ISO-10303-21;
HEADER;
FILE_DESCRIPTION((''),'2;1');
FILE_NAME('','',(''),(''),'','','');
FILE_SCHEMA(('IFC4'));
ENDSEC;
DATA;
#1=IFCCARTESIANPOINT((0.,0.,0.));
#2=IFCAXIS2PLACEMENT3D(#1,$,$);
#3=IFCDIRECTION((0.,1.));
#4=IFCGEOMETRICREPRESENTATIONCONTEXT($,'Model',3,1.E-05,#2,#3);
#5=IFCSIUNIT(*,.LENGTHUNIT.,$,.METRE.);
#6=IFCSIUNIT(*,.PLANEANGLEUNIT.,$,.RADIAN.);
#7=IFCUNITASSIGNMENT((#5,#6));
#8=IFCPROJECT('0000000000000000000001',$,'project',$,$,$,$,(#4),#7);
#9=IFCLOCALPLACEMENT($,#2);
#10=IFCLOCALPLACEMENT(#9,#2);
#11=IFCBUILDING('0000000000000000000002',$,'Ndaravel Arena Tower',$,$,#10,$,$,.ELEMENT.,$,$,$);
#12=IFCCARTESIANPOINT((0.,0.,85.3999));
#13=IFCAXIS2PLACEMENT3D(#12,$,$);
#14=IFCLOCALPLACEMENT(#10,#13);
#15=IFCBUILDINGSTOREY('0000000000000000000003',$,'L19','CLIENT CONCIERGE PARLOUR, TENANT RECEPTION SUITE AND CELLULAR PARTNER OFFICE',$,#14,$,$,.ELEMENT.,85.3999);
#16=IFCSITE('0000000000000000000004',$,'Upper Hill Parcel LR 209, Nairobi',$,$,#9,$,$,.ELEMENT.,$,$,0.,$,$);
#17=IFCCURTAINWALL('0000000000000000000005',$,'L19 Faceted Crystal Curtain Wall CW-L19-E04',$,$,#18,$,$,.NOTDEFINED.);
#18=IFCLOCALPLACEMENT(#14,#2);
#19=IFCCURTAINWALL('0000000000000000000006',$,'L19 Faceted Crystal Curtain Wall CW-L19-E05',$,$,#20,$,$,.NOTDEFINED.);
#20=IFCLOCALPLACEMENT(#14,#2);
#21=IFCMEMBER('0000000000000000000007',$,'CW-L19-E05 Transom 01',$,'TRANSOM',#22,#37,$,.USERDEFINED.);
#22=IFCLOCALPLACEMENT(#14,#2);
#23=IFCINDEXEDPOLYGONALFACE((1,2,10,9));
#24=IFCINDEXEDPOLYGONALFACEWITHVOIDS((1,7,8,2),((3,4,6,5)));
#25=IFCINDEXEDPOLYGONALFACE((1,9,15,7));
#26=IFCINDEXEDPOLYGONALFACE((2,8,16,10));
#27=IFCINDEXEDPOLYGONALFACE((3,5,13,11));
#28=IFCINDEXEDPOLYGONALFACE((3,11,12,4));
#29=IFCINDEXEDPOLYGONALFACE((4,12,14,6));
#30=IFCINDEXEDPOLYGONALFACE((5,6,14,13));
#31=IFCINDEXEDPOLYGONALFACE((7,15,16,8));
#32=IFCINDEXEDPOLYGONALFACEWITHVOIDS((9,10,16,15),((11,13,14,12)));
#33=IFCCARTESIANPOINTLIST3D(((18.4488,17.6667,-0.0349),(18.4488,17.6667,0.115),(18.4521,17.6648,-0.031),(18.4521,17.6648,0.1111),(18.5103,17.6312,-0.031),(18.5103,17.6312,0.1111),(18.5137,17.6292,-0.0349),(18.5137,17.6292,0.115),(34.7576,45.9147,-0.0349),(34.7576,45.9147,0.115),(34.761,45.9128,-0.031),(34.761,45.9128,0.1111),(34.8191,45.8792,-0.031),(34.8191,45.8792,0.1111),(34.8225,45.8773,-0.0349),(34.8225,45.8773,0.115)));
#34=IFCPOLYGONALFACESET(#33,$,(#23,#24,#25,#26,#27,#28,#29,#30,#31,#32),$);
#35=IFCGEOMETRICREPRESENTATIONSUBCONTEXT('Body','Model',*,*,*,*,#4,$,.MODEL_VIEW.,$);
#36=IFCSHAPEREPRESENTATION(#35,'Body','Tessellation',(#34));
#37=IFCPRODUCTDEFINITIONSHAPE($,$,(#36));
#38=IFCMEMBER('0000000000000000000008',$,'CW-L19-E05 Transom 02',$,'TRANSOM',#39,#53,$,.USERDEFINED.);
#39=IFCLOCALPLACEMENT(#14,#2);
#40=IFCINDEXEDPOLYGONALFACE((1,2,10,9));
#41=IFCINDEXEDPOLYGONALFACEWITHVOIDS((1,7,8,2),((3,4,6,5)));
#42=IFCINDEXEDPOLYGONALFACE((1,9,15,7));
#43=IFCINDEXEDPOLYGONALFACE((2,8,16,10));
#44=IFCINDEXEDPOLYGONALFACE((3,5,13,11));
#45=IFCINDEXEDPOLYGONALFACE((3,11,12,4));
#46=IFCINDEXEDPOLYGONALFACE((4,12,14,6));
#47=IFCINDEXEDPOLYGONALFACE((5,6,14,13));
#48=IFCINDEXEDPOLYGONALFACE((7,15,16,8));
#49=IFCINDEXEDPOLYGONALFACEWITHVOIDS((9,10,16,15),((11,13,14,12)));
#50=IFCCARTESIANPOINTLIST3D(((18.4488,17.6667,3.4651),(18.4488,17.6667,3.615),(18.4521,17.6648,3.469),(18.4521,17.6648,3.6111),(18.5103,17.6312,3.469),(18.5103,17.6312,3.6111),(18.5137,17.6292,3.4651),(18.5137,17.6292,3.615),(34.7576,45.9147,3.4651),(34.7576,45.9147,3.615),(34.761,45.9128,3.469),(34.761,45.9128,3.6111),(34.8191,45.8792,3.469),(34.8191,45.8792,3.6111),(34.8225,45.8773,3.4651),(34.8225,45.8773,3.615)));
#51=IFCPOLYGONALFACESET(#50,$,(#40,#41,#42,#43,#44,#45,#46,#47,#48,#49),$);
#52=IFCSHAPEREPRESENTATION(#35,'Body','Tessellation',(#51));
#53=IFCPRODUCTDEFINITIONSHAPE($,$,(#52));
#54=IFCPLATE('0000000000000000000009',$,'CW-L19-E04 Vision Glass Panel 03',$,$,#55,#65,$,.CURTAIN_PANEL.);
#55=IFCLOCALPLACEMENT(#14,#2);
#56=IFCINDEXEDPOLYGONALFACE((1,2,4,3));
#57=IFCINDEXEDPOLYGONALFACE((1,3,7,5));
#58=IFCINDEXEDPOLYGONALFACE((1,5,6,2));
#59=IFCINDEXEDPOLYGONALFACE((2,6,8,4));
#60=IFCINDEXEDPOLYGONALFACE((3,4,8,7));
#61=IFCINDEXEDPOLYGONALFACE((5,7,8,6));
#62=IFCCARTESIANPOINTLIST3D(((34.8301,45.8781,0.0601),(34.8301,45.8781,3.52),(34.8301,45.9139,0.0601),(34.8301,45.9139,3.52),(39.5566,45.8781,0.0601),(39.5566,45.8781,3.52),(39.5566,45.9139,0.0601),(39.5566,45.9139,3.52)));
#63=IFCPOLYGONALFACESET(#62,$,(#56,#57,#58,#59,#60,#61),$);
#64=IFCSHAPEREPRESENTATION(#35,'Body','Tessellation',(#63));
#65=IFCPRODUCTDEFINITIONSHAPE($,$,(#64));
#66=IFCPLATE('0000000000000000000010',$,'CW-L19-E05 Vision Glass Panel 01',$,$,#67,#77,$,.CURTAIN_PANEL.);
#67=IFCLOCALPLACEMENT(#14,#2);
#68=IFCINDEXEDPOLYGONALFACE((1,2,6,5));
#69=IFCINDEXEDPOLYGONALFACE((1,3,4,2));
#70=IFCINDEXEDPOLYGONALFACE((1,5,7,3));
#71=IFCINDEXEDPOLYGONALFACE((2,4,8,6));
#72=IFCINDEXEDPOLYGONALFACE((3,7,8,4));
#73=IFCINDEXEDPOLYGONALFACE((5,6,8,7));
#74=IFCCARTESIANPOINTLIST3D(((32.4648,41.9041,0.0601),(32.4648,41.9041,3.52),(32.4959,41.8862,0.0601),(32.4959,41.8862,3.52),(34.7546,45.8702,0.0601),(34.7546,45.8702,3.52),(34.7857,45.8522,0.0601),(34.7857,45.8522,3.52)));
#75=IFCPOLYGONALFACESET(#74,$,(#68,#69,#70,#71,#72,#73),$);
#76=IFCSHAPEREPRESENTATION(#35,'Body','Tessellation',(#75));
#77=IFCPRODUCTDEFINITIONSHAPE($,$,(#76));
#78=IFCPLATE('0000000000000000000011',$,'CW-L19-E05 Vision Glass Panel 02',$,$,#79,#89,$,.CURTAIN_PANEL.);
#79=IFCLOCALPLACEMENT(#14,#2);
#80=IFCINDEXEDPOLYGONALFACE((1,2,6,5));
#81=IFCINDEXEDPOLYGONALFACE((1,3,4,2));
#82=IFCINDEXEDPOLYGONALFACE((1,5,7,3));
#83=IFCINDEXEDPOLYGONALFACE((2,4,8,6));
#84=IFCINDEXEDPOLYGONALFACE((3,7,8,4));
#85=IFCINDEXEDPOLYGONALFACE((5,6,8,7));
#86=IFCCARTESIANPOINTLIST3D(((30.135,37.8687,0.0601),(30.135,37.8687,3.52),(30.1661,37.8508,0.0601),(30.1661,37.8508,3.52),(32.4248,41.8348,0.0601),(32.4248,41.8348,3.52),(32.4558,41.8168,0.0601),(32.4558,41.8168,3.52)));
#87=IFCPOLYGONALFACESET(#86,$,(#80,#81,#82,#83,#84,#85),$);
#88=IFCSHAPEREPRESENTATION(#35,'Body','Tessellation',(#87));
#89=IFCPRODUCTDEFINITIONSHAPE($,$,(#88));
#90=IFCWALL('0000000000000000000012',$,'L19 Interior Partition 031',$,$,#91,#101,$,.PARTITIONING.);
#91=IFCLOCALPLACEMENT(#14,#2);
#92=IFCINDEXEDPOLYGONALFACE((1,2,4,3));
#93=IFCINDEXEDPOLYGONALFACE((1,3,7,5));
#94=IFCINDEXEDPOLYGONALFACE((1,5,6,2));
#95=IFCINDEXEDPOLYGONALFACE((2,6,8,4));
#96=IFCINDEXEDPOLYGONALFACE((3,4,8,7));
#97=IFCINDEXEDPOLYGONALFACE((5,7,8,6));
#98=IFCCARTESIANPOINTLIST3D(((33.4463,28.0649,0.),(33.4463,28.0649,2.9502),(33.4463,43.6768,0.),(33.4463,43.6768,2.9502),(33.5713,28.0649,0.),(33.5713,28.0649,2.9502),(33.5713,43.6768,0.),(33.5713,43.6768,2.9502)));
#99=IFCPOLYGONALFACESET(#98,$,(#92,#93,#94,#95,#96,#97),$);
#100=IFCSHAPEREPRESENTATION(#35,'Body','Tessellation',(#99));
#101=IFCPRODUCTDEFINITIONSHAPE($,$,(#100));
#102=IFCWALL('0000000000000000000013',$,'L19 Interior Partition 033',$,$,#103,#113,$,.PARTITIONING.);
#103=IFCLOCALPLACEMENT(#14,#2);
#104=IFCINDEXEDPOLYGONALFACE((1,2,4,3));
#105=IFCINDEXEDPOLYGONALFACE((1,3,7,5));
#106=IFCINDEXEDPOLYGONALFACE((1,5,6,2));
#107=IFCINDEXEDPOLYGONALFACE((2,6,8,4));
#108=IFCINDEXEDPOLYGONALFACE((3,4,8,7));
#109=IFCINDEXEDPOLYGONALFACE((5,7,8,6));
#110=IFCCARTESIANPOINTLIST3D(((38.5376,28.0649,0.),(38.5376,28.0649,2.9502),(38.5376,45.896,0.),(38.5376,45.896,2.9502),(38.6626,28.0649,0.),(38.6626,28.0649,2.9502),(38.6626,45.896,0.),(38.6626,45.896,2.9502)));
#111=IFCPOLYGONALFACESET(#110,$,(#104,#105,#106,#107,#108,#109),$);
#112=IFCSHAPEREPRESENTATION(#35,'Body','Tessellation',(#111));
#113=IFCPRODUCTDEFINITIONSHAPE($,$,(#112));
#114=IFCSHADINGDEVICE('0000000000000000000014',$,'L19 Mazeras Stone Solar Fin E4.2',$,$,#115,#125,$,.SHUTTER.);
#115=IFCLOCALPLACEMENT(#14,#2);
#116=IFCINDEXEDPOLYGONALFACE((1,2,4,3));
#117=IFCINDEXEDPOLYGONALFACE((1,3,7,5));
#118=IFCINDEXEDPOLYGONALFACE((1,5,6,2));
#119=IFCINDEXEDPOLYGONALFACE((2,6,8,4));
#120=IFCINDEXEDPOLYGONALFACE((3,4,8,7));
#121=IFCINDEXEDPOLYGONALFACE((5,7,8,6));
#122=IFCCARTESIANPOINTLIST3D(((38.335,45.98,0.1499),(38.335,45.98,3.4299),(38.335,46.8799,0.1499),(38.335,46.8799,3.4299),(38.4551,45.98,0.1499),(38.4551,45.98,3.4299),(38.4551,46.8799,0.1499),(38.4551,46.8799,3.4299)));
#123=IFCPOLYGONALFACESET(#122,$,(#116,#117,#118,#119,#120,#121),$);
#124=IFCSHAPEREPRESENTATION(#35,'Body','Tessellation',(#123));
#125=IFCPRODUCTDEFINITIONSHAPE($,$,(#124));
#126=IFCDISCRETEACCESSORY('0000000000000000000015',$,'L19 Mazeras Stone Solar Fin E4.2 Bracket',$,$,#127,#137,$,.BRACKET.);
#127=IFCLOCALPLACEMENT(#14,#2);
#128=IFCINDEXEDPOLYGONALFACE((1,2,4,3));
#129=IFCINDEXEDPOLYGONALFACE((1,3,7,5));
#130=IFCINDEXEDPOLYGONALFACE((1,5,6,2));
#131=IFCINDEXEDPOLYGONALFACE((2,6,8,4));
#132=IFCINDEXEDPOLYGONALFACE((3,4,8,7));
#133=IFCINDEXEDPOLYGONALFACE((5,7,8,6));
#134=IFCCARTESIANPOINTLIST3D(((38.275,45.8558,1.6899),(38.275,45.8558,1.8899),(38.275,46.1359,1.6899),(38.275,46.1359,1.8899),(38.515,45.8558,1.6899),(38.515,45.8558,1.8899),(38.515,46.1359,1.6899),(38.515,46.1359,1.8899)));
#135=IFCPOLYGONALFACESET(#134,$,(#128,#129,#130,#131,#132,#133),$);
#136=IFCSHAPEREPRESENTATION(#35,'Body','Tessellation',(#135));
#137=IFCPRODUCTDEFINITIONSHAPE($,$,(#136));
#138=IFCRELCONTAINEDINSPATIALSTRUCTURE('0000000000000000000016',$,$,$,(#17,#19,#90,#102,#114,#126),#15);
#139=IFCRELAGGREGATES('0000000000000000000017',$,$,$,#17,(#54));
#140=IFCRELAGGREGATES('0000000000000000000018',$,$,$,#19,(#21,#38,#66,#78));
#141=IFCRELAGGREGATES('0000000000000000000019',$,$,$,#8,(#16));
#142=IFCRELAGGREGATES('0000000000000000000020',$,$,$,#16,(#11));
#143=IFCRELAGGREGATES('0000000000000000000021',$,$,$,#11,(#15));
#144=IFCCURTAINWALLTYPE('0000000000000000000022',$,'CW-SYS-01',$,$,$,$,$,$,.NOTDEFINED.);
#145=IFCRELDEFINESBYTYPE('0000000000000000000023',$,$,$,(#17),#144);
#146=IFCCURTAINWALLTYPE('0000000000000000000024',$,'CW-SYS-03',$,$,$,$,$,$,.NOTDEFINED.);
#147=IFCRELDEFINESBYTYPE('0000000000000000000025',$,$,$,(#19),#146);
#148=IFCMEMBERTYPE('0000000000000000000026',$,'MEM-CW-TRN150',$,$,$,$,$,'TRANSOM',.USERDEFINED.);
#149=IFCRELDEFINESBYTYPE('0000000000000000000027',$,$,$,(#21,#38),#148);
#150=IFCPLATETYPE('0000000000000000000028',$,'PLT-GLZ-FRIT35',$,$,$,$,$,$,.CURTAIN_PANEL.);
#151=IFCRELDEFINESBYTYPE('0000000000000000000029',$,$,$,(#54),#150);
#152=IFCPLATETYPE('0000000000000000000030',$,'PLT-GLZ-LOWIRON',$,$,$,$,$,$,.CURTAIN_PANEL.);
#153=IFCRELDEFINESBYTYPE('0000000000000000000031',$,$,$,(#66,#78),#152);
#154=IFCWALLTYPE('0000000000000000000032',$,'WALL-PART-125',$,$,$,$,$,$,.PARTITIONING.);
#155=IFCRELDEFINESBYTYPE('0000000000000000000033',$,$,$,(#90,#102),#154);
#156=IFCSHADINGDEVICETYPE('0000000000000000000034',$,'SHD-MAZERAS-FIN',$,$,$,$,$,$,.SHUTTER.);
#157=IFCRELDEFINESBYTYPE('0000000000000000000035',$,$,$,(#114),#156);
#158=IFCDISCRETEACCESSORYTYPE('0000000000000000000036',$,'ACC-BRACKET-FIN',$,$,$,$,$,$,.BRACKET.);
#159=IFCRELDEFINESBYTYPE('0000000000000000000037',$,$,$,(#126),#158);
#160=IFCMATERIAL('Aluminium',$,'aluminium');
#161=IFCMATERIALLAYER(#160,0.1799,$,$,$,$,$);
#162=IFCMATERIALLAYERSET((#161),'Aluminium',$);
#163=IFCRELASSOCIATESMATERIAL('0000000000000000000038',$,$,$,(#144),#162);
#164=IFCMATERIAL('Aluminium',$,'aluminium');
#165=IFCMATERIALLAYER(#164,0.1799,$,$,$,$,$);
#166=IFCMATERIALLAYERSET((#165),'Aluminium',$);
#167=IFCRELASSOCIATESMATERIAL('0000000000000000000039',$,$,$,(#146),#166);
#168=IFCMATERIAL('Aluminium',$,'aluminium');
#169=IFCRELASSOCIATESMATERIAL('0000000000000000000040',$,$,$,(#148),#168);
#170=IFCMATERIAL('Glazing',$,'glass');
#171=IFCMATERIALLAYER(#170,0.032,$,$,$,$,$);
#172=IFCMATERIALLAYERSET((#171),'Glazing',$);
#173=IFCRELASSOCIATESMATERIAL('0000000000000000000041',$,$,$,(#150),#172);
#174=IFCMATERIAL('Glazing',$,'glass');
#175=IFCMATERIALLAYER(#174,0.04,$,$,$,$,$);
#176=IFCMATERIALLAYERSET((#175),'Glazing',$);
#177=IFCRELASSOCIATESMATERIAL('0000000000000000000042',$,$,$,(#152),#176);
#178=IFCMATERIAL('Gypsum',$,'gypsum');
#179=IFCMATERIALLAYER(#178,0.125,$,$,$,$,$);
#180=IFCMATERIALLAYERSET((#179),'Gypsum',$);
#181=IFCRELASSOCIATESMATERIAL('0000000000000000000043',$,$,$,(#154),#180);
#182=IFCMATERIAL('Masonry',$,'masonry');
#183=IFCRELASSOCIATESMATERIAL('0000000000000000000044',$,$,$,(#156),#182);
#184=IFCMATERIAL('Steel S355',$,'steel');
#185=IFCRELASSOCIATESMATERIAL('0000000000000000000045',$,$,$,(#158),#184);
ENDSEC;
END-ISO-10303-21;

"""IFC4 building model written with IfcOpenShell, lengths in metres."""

from ifc_helpers import new_model, si_unit, direction, frame, frame_2d, origin, origin_2d, place, context, subcontext, project, spatial, rectangle, hollow_rectangle, extrude, material, layer, layer_set, material_profile, profile_set, type_object, element, aggregate, save


model = new_model("IFC4")

# Units and contexts
model_context = context("Model", 3, precision=1e-05, world=origin(), true_north=direction((0.0, 1.0)))
body_context = subcontext(model_context, "Body", "Model", "MODEL_VIEW")
ifc_project = project(units=[si_unit("LENGTHUNIT", "METRE"), si_unit("PLANEANGLEUNIT", "RADIAN")], contexts=[model_context])

# Site, building, storey
site_placement = place(None, origin())
site = spatial("IfcSite", under=ifc_project, at=site_placement, Name="Upper Hill Parcel LR 209, Nairobi", CompositionType="ELEMENT", RefElevation=0.0)
building_placement = place(site_placement, origin())
building = spatial("IfcBuilding", under=site, at=building_placement, Name="Ndaravel Arena Tower", CompositionType="ELEMENT")
storey_placement = place(building_placement, frame((0.0, 0.0, 85.3999)))
storey = spatial("IfcBuildingStorey", under=building, at=storey_placement, Name="L19", Description="CLIENT CONCIERGE PARLOUR, TENANT RECEPTION SUITE AND CELLULAR PARTNER OFFICE", CompositionType="ELEMENT", Elevation=85.3999)

# Curtain wall
ifc_material_1 = material(Name="Aluminium", Category="aluminium")
ifc_layer_1 = layer(ifc_material_1, 0.1799)
ifc_layer_set_1 = layer_set([ifc_layer_1], Name="Aluminium")
curtain_wall_type_1 = type_object("IfcCurtainWallType", Name="CW-SYS-01", PredefinedType="NOTDEFINED", material=ifc_layer_set_1)
curtain_wall_1_placement = place(storey_placement, origin())
curtain_wall_1 = element("IfcCurtainWall", 1, at=curtain_wall_1_placement, inside=storey, type_object=curtain_wall_type_1, Name="L19 Faceted Crystal Curtain Wall CW-L19-E04", PredefinedType="NOTDEFINED")

# Curtain wall, members
ifc_material_2 = material(Name="Aluminium", Category="aluminium")
ifc_layer_2 = layer(ifc_material_2, 0.1799)
ifc_layer_set_2 = layer_set([ifc_layer_2], Name="Aluminium")
curtain_wall_type_2 = type_object("IfcCurtainWallType", Name="CW-SYS-03", PredefinedType="NOTDEFINED", material=ifc_layer_set_2)
curtain_wall_2_placement = place(storey_placement, origin())
curtain_wall_2 = element("IfcCurtainWall", 2, at=curtain_wall_2_placement, inside=storey, type_object=curtain_wall_type_2, Name="L19 Faceted Crystal Curtain Wall CW-L19-E05", PredefinedType="NOTDEFINED")
ifc_material_3 = material(Name="Aluminium", Category="aluminium")
ifc_material_profile_1 = material_profile(ifc_material_3, hollow_rectangle(XDim=0.075, YDim=0.1499, WallThickness=0.0039, at=origin_2d()), Name="CW TRANSOM 75x150x4")
ifc_profile_set_1 = profile_set([ifc_material_profile_1], Name="Aluminium")
member_type_1 = type_object("IfcMemberType", Name="MEM-CW-TRN150", ElementType="TRANSOM", PredefinedType="USERDEFINED", material=ifc_profile_set_1)
member_1_placement = place(storey_placement, frame((34.79, 45.896, 0.04), z_axis=(-0.499996, -0.866028, 0.0), x_axis=(0.866028, -0.499996, 0.0)))
member_1 = element("IfcMember", 3, at=member_1_placement, type_object=member_type_1, Name="CW-L19-E05 Transom 01", ObjectType="TRANSOM", PredefinedType="USERDEFINED", context=body_context, shape_type="SweptSolid", body=[
    extrude(hollow_rectangle(XDim=0.075, YDim=0.1499, WallThickness=0.0039, at=origin_2d()), origin(), (0.0, 0.0, 1.0), 32.6179),
])
member_2_placement = place(storey_placement, frame((34.79, 45.896, 3.54), z_axis=(-0.499996, -0.866028, 0.0), x_axis=(0.866028, -0.499996, 0.0)))
member_2 = element("IfcMember", 4, at=member_2_placement, type_object=member_type_1, Name="CW-L19-E05 Transom 02", ObjectType="TRANSOM", PredefinedType="USERDEFINED", context=body_context, shape_type="SweptSolid", body=[
    extrude(hollow_rectangle(XDim=0.075, YDim=0.1499, WallThickness=0.0039, at=origin_2d()), origin(), (0.0, 0.0, 1.0), 32.6179),
])

# Plates
ifc_material_4 = material(Name="Glazing", Category="glass")
ifc_layer_3 = layer(ifc_material_4, 0.032)
ifc_layer_set_3 = layer_set([ifc_layer_3], Name="Glazing")
plate_type_1 = type_object("IfcPlateType", Name="PLT-GLZ-FRIT35", PredefinedType="CURTAIN_PANEL", material=ifc_layer_set_3)
plate_1_placement = place(storey_placement, frame((37.1934, 45.896, 0.0601), z_axis=(0.0, 0.0, 1.0), x_axis=(-1.0, 0.0, 0.0)))
plate_1 = element("IfcPlate", 5, at=plate_1_placement, type_object=plate_type_1, Name="CW-L19-E04 Vision Glass Panel 03", PredefinedType="CURTAIN_PANEL", context=body_context, shape_type="SweptSolid", body=[
    extrude(rectangle(XDim=4.7266, YDim=0.0359, at=origin_2d()), origin(), (0.0, 0.0, 1.0), 3.46),
])
aggregate(curtain_wall_1, [plate_1])
ifc_material_5 = material(Name="Glazing", Category="glass")
ifc_layer_4 = layer(ifc_material_5, 0.04)
ifc_layer_set_4 = layer_set([ifc_layer_4], Name="Glazing")
plate_type_2 = type_object("IfcPlateType", Name="PLT-GLZ-LOWIRON", PredefinedType="CURTAIN_PANEL", material=ifc_layer_set_4)
plate_2_placement = place(storey_placement, frame((33.6252, 43.8782, 0.0601), z_axis=(0.0, 0.0, 1.0), x_axis=(-0.5, -0.866025, 0.0)))
plate_2 = element("IfcPlate", 6, at=plate_2_placement, type_object=plate_type_2, Name="CW-L19-E05 Vision Glass Panel 01", PredefinedType="CURTAIN_PANEL", context=body_context, shape_type="SweptSolid", body=[
    extrude(rectangle(XDim=4.5796, YDim=0.0359, at=origin_2d()), origin(), (0.0, 0.0, 1.0), 3.46),
])
plate_3_placement = place(storey_placement, frame((31.2954, 39.8428, 0.0601), z_axis=(0.0, 0.0, 1.0), x_axis=(-0.5, -0.866025, 0.0)))
plate_3 = element("IfcPlate", 7, at=plate_3_placement, type_object=plate_type_2, Name="CW-L19-E05 Vision Glass Panel 02", PredefinedType="CURTAIN_PANEL", context=body_context, shape_type="SweptSolid", body=[
    extrude(rectangle(XDim=4.5796, YDim=0.0359, at=origin_2d()), origin(), (0.0, 0.0, 1.0), 3.46),
])
aggregate(curtain_wall_2, [member_1, member_2, plate_2, plate_3])

# Walls
ifc_material_6 = material(Name="Gypsum", Category="gypsum")
ifc_layer_5 = layer(ifc_material_6, 0.125)
ifc_layer_set_5 = layer_set([ifc_layer_5], Name="Gypsum")
wall_type = type_object("IfcWallType", Name="WALL-PART-125", PredefinedType="PARTITIONING", material=ifc_layer_set_5)
wall_1_placement = place(storey_placement, frame((33.5088, 43.6768, 0.0), z_axis=(0.0, 0.0, 1.0), x_axis=(0.0, -1.0, 0.0)))
element("IfcWall", 8, at=wall_1_placement, inside=storey, type_object=wall_type, Name="L19 Interior Partition 031", PredefinedType="PARTITIONING", context=body_context, shape_type="SweptSolid", body=[
    extrude(rectangle(XDim=15.6118, YDim=0.125, at=frame_2d((7.8059, 0.0))), origin(), (0.0, 0.0, 1.0), 2.9502),
])
wall_2_placement = place(storey_placement, frame((38.6001, 45.896, 0.0), z_axis=(0.0, 0.0, 1.0), x_axis=(0.0, -1.0, 0.0)))
element("IfcWall", 9, at=wall_2_placement, inside=storey, type_object=wall_type, Name="L19 Interior Partition 033", PredefinedType="PARTITIONING", context=body_context, shape_type="SweptSolid", body=[
    extrude(rectangle(XDim=17.8311, YDim=0.125, at=frame_2d((8.9155, 0.0))), origin(), (0.0, 0.0, 1.0), 2.9502),
])

# Shading device
ifc_material_7 = material(Name="Masonry", Category="masonry")
shading_device_type = type_object("IfcShadingDeviceType", Name="SHD-MAZERAS-FIN", PredefinedType="SHUTTER", material=ifc_material_7)
shading_device_placement = place(storey_placement, frame((38.395, 46.4299, 0.1499), z_axis=(0.0, 0.0, 1.0), x_axis=(0.0, 1.0, 0.0)))
element("IfcShadingDevice", 10, at=shading_device_placement, inside=storey, type_object=shading_device_type, Name="L19 Mazeras Stone Solar Fin E4.2", PredefinedType="SHUTTER", context=body_context, shape_type="SweptSolid", body=[
    extrude(rectangle(XDim=0.8999, YDim=0.1201, at=origin_2d()), origin(), (0.0, 0.0, 1.0), 3.28),
])

# Discrete accessory
ifc_material_8 = material(Name="Steel S355", Category="steel")
discrete_accessory_type = type_object("IfcDiscreteAccessoryType", Name="ACC-BRACKET-FIN", PredefinedType="BRACKET", material=ifc_material_8)
discrete_accessory_placement = place(storey_placement, frame((38.395, 45.9958, 1.6899), z_axis=(0.0, 0.0, 1.0), x_axis=(0.0, 1.0, 0.0)))
element("IfcDiscreteAccessory", 11, at=discrete_accessory_placement, inside=storey, type_object=discrete_accessory_type, Name="L19 Mazeras Stone Solar Fin E4.2 Bracket", PredefinedType="BRACKET", context=body_context, shape_type="SweptSolid", body=[
    extrude(rectangle(XDim=0.28, YDim=0.24, at=origin_2d()), origin(), (0.0, 0.0, 1.0), 0.2),
])

save(model, "model.ifc")
